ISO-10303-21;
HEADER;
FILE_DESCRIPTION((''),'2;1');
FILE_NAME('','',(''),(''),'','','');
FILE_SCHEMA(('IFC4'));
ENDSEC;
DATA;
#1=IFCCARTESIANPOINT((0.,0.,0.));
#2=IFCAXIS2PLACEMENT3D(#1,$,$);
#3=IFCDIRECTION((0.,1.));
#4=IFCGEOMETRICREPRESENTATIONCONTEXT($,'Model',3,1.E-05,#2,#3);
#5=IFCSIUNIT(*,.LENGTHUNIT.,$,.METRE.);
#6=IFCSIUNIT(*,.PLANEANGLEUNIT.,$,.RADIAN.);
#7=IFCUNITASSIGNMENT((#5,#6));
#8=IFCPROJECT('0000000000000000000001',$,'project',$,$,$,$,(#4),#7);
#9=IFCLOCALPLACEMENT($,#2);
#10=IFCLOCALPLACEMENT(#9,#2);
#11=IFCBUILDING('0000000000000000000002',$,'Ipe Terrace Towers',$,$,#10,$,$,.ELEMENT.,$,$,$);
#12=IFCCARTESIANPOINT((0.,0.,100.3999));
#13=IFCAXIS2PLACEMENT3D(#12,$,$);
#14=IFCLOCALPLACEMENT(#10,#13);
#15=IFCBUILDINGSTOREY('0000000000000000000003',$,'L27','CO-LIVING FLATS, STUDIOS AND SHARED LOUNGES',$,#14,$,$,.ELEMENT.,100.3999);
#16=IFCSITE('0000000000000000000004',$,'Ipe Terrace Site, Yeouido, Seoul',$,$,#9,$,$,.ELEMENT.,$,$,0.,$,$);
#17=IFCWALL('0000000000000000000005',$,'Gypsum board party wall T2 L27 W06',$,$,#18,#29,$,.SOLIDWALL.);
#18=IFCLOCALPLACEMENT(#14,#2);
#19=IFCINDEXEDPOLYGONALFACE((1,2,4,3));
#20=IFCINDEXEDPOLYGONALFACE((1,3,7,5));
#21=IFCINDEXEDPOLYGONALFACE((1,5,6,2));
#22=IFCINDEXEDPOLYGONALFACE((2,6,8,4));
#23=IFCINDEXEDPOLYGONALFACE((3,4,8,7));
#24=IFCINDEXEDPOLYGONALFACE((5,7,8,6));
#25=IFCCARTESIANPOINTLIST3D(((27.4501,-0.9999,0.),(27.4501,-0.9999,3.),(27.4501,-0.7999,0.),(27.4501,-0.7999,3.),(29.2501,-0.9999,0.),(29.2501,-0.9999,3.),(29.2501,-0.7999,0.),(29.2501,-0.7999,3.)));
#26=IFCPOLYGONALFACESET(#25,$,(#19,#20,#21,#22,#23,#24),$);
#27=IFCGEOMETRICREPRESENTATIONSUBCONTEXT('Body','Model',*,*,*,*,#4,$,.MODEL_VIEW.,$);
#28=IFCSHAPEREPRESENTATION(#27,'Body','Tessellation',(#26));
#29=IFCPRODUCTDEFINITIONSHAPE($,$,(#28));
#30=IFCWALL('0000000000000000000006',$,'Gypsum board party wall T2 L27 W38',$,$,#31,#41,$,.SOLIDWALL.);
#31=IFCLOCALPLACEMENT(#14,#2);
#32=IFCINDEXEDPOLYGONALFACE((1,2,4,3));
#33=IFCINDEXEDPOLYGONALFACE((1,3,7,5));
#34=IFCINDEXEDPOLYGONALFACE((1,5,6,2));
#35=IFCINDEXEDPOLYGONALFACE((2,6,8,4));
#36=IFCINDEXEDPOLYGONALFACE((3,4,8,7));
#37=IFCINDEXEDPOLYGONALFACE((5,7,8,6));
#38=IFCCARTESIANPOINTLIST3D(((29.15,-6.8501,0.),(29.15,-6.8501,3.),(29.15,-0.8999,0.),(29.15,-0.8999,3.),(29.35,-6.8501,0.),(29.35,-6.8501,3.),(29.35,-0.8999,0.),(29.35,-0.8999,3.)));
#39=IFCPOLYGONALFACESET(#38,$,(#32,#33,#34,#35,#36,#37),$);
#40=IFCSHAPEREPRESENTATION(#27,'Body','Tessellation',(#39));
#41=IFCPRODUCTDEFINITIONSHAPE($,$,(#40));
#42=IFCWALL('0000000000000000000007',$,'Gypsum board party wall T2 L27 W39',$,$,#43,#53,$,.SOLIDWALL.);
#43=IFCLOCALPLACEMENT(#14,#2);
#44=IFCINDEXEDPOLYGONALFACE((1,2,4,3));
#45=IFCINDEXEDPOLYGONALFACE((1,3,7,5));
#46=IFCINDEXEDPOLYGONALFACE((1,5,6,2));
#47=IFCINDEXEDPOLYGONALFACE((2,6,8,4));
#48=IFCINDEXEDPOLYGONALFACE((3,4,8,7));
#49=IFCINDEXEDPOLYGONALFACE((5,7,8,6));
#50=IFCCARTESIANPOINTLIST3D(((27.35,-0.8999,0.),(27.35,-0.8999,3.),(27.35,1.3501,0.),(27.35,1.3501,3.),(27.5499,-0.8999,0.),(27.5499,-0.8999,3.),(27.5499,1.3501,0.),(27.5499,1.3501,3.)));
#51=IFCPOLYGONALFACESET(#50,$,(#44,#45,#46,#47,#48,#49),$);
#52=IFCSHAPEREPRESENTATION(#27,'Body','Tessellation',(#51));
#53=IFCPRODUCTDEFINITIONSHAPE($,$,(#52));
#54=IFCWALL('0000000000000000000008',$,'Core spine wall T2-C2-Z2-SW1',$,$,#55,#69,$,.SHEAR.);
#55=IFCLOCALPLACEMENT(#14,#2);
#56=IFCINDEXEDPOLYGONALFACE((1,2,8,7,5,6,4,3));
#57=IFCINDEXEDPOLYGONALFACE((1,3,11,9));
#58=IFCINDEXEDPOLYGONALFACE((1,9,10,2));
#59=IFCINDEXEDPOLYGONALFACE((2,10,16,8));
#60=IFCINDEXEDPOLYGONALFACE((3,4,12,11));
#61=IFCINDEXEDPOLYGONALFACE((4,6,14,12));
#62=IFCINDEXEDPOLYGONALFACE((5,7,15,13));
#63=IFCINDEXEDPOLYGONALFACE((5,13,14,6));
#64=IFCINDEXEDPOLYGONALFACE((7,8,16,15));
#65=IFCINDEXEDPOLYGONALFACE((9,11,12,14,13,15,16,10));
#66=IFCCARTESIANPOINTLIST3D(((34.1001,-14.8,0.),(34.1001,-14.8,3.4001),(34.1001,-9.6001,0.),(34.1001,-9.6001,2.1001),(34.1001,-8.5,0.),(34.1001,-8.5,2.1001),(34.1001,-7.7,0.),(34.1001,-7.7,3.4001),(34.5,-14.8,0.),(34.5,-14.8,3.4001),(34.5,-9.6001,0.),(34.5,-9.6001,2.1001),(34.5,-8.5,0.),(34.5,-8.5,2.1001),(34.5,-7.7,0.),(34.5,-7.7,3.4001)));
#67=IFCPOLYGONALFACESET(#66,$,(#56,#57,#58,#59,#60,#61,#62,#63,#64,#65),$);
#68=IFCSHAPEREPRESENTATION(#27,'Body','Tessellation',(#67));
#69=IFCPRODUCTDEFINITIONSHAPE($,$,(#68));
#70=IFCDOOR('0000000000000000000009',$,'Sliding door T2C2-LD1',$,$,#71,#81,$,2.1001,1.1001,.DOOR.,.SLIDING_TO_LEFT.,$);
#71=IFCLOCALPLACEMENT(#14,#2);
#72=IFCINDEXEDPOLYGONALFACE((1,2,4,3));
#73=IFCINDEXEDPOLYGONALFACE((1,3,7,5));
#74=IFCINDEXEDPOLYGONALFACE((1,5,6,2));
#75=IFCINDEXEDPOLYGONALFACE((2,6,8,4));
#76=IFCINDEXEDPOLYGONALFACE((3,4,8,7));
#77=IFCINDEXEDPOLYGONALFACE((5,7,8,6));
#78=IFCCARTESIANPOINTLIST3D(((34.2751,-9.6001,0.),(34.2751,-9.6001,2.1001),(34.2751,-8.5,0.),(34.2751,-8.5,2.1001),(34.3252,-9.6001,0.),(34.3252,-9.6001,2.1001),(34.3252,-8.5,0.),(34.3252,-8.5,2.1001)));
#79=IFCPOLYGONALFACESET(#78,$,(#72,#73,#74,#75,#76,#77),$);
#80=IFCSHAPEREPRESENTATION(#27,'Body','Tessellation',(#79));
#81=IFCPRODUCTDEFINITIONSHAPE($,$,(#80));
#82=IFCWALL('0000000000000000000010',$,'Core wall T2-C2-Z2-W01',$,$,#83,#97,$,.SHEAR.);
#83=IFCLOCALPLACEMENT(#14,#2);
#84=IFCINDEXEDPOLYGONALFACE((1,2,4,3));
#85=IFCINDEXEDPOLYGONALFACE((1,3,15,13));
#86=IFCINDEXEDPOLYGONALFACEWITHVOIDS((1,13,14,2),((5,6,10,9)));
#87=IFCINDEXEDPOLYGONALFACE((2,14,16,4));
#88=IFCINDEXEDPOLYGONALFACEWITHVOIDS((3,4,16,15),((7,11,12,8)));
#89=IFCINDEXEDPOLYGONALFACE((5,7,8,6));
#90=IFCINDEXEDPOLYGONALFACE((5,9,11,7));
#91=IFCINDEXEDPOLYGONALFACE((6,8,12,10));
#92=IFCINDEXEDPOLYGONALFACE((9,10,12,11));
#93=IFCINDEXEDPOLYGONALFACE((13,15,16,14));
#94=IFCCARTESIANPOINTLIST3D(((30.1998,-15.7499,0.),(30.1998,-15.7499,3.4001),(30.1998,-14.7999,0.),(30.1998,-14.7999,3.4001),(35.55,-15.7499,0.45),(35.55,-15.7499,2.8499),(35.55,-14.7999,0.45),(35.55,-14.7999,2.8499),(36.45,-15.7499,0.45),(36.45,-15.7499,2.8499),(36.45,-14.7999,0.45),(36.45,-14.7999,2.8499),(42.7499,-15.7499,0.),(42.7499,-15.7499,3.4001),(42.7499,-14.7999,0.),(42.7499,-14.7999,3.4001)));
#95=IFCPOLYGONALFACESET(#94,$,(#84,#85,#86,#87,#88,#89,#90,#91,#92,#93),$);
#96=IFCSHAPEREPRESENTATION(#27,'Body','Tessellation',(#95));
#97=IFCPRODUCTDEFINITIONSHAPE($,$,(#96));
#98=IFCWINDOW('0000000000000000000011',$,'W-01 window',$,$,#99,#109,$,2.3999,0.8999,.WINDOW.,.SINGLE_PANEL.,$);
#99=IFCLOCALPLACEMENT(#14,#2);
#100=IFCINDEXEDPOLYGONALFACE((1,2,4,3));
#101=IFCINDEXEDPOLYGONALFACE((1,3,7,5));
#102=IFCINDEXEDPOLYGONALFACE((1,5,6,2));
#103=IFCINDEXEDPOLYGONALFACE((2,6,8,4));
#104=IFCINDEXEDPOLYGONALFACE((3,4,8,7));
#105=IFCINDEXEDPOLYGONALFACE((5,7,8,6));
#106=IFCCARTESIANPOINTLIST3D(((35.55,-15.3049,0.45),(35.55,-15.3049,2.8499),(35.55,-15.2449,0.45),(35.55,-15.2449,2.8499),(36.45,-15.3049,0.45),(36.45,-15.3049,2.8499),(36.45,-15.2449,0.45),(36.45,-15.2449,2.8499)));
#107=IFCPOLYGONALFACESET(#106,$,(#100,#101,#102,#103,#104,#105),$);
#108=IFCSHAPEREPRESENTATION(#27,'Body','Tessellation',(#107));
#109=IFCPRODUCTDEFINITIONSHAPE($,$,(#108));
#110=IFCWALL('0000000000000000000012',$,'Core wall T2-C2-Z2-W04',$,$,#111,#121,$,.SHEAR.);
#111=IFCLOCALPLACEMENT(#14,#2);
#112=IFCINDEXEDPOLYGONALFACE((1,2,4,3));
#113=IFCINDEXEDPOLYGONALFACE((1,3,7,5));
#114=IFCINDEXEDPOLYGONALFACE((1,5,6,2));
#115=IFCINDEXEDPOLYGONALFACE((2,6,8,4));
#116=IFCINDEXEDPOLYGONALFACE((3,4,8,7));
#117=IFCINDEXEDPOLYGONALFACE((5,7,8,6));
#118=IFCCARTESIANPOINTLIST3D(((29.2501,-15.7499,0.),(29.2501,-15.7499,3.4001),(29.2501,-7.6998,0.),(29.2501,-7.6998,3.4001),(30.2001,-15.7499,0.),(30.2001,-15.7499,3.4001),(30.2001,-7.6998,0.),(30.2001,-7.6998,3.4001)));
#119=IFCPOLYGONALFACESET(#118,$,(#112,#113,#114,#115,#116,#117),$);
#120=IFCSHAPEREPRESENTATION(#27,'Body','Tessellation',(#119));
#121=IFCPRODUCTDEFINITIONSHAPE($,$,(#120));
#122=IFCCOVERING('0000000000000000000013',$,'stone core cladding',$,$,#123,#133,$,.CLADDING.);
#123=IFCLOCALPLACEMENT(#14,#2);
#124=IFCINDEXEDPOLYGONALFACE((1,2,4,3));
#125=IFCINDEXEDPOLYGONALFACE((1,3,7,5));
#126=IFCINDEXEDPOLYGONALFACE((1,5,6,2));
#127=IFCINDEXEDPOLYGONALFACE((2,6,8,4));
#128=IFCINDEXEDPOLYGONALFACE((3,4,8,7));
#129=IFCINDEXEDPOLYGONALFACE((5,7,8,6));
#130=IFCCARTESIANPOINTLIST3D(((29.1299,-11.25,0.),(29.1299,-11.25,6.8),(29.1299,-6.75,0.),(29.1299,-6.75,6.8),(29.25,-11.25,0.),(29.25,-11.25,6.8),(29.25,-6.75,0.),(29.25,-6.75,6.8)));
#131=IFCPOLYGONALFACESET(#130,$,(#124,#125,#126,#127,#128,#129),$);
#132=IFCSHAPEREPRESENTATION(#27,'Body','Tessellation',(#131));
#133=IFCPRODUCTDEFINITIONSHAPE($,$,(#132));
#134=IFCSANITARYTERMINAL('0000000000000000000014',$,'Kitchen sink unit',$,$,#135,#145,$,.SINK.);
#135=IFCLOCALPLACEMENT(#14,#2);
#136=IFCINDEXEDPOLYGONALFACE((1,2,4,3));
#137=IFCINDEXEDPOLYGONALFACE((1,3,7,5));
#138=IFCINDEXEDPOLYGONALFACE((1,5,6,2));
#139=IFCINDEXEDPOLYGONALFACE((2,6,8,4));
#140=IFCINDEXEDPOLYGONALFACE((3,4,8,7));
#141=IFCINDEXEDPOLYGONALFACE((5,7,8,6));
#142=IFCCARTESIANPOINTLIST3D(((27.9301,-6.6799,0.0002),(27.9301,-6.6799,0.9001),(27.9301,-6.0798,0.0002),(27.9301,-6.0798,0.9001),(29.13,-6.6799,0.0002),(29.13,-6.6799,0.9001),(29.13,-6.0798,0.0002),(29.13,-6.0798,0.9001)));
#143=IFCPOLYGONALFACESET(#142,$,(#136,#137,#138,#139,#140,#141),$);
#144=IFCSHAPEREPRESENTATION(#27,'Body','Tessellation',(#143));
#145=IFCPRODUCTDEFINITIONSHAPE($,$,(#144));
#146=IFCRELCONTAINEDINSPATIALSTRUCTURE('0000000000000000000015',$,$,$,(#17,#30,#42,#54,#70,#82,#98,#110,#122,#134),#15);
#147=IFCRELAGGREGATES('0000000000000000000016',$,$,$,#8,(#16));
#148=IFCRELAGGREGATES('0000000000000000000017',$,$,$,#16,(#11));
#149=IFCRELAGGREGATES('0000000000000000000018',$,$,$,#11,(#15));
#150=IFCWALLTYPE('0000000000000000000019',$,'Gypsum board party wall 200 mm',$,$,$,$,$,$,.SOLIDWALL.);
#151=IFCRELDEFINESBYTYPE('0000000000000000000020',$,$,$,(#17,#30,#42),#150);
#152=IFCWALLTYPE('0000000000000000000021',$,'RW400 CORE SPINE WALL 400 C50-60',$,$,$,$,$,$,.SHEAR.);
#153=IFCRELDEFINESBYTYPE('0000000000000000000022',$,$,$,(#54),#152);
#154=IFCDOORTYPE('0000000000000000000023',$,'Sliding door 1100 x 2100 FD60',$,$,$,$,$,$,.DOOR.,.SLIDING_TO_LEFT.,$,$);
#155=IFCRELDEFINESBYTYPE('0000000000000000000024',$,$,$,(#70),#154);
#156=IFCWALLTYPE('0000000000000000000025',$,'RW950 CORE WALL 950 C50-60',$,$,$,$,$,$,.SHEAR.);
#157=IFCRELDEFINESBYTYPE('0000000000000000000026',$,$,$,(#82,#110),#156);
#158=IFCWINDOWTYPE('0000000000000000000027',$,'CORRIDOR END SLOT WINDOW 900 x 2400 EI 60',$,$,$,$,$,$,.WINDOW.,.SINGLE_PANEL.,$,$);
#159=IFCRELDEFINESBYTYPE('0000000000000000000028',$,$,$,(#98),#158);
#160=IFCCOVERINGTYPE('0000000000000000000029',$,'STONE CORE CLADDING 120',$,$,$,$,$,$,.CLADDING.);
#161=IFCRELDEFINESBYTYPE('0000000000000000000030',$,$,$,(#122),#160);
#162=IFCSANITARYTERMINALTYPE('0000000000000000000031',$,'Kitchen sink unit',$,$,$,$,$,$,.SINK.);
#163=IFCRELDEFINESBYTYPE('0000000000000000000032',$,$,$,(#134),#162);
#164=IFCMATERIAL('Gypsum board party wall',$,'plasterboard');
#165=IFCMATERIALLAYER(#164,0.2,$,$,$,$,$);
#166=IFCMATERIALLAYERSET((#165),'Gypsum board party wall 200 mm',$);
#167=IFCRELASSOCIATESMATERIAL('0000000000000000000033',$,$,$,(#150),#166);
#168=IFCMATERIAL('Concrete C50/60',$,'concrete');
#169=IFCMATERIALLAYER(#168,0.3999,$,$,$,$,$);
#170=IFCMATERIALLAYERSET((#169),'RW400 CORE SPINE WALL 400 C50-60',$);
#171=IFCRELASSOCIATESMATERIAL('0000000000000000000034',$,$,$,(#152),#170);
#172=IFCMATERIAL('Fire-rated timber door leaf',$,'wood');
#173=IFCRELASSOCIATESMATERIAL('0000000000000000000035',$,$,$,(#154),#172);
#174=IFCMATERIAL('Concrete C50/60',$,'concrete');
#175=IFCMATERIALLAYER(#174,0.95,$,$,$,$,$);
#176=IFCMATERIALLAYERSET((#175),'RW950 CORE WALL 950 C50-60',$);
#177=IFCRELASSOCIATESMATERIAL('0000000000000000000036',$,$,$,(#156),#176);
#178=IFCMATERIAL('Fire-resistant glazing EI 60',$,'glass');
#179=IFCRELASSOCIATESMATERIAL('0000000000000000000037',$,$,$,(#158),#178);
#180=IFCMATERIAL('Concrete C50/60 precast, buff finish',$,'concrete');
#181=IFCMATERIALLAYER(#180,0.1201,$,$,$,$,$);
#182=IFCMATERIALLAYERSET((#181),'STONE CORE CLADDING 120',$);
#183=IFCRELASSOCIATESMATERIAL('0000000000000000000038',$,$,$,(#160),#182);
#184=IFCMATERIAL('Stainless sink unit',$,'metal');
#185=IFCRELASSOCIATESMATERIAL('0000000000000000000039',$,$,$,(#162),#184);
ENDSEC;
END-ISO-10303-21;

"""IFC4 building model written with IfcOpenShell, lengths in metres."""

from ifc_helpers import new_model, si_unit, direction, frame, frame_2d, origin, origin_2d, place, context, subcontext, project, spatial, rectangle, extrude, material, layer, layer_set, type_object, element, fill, save


model = new_model("IFC4")

# Units and contexts
model_context = context("Model", 3, precision=1e-05, world=origin(), true_north=direction((0.0, 1.0)))
body_context = subcontext(model_context, "Body", "Model", "MODEL_VIEW")
ifc_project = project(units=[si_unit("LENGTHUNIT", "METRE"), si_unit("PLANEANGLEUNIT", "RADIAN")], contexts=[model_context])

# Site, building, storey
site_placement = place(None, origin())
site = spatial("IfcSite", under=ifc_project, at=site_placement, Name="Ipe Terrace Site, Yeouido, Seoul", CompositionType="ELEMENT", RefElevation=0.0)
building_placement = place(site_placement, origin())
building = spatial("IfcBuilding", under=site, at=building_placement, Name="Ipe Terrace Towers", CompositionType="ELEMENT")
storey_placement = place(building_placement, frame((0.0, 0.0, 100.3999)))
storey = spatial("IfcBuildingStorey", under=building, at=storey_placement, Name="L27", Description="CO-LIVING FLATS, STUDIOS AND SHARED LOUNGES", CompositionType="ELEMENT", Elevation=100.3999)

# Walls
ifc_material_1 = material(Name="Gypsum board party wall", Category="plasterboard")
ifc_layer_1 = layer(ifc_material_1, 0.2)
ifc_layer_set_1 = layer_set([ifc_layer_1], Name="Gypsum board party wall 200 mm")
wall_type_1 = type_object("IfcWallType", Name="Gypsum board party wall 200 mm", PredefinedType="SOLIDWALL", material=ifc_layer_set_1)
wall_1_placement = place(storey_placement, frame((29.25, -0.8999, 0.0), z_axis=(0.0, 0.0, 1.0), x_axis=(-1.0, 0.0, 0.0)))
element("IfcWall", 1, at=wall_1_placement, inside=storey, type_object=wall_type_1, Name="Gypsum board party wall T2 L27 W06", PredefinedType="SOLIDWALL", context=body_context, shape_type="SweptSolid", body=[
    extrude(rectangle(XDim=1.8, YDim=0.2, at=frame_2d((0.8999, 0.0))), origin(), (0.0, 0.0, 1.0), 3.0),
])
wall_2_placement = place(storey_placement, frame((29.25, -6.8501, 0.0), z_axis=(0.0, 0.0, 1.0), x_axis=(0.0, 1.0, 0.0)))
element("IfcWall", 2, at=wall_2_placement, inside=storey, type_object=wall_type_1, Name="Gypsum board party wall T2 L27 W38", PredefinedType="SOLIDWALL", context=body_context, shape_type="SweptSolid", body=[
    extrude(rectangle(XDim=5.9502, YDim=0.2, at=frame_2d((2.9751, 0.0))), origin(), (0.0, 0.0, 1.0), 3.0),
])
wall_3_placement = place(storey_placement, frame((27.45, -0.8999, 0.0), z_axis=(0.0, 0.0, 1.0), x_axis=(0.0, 1.0, 0.0)))
element("IfcWall", 3, at=wall_3_placement, inside=storey, type_object=wall_type_1, Name="Gypsum board party wall T2 L27 W39", PredefinedType="SOLIDWALL", context=body_context, shape_type="SweptSolid", body=[
    extrude(rectangle(XDim=2.25, YDim=0.2, at=frame_2d((1.125, 0.0))), origin(), (0.0, 0.0, 1.0), 3.0),
])

# Wall, opening, door
ifc_material_2 = material(Name="Concrete C50/60", Category="concrete")
ifc_layer_2 = layer(ifc_material_2, 0.3999)
ifc_layer_set_2 = layer_set([ifc_layer_2], Name="RW400 CORE SPINE WALL 400 C50-60")
wall_type_2 = type_object("IfcWallType", Name="RW400 CORE SPINE WALL 400 C50-60", PredefinedType="SHEAR", material=ifc_layer_set_2)
wall_4_placement = place(storey_placement, frame((34.3, -14.8, 0.0), z_axis=(0.0, 0.0, 1.0), x_axis=(0.0, 1.0, 0.0)))
wall_4 = element("IfcWall", 4, at=wall_4_placement, inside=storey, type_object=wall_type_2, Name="Core spine wall T2-C2-Z2-SW1", PredefinedType="SHEAR", context=body_context, shape_type="SweptSolid", body=[
    extrude(rectangle(XDim=7.1001, YDim=0.3999, at=frame_2d((3.55, 0.0))), origin(), (0.0, 0.0, 1.0), 3.4001),
])
opening_1_placement = place(wall_4_placement, frame((5.2, 0.0, 0.0)))
opening_1 = element("IfcOpeningElement", 5, at=opening_1_placement, cuts=wall_4, PredefinedType="OPENING", context=body_context, shape_type="SweptSolid", body=[
    extrude(rectangle(XDim=1.1001, YDim=2.1001, at=frame_2d((0.55, 1.05))), frame((0.0, 0.21, 0.0), z_axis=(0.0, -1.0, 0.0), x_axis=(1.0, 0.0, 0.0)), (0.0, 0.0, 1.0), 0.4199),
])
ifc_material_3 = material(Name="Fire-rated timber door leaf", Category="wood")
door_type_1 = type_object("IfcDoorType", Name="Sliding door 1100 x 2100 FD60", OperationType="SLIDING_TO_LEFT", PredefinedType="DOOR", material=ifc_material_3)
door_1_placement = place(opening_1_placement, origin())
door_1 = element("IfcDoor", 6, at=door_1_placement, inside=storey, type_object=door_type_1, Name="Sliding door T2C2-LD1", OperationType="SLIDING_TO_LEFT", OverallHeight=2.1001, OverallWidth=1.1001, PredefinedType="DOOR", context=body_context, shape_type="SweptSolid", body=[
    extrude(rectangle(XDim=1.1001, YDim=2.1001, at=frame_2d((0.55, 1.05))), frame((0.0, 0.0249, 0.0), z_axis=(0.0, -1.0, 0.0), x_axis=(1.0, 0.0, 0.0)), (0.0, 0.0, 1.0), 0.05),
])
fill(opening_1, door_1)

# Wall, opening, window
ifc_material_4 = material(Name="Concrete C50/60", Category="concrete")
ifc_layer_3 = layer(ifc_material_4, 0.95)
ifc_layer_set_3 = layer_set([ifc_layer_3], Name="RW950 CORE WALL 950 C50-60")
wall_type_3 = type_object("IfcWallType", Name="RW950 CORE WALL 950 C50-60", PredefinedType="SHEAR", material=ifc_layer_set_3)
wall_5_placement = place(storey_placement, frame((30.2, -15.2749, 0.0), z_axis=(0.0, 0.0, 1.0), x_axis=(1.0, 0.0, 0.0)))
wall_5 = element("IfcWall", 7, at=wall_5_placement, inside=storey, type_object=wall_type_3, Name="Core wall T2-C2-Z2-W01", PredefinedType="SHEAR", context=body_context, shape_type="SweptSolid", body=[
    extrude(rectangle(XDim=12.55, YDim=0.95, at=frame_2d((6.2749, 0.0))), origin(), (0.0, 0.0, 1.0), 3.4001),
])
opening_2_placement = place(wall_5_placement, frame((5.3501, 0.0, 0.45)))
opening_2 = element("IfcOpeningElement", 8, at=opening_2_placement, cuts=wall_5, PredefinedType="OPENING", context=body_context, shape_type="SweptSolid", body=[
    extrude(rectangle(XDim=0.8999, YDim=2.3999, at=frame_2d((0.45, 1.2))), frame((0.0, 0.4849, 0.0), z_axis=(0.0, -1.0, 0.0), x_axis=(1.0, 0.0, 0.0)), (0.0, 0.0, 1.0), 0.97),
])
ifc_material_5 = material(Name="Fire-resistant glazing EI 60", Category="glass")
window_type = type_object("IfcWindowType", Name="CORRIDOR END SLOT WINDOW 900 x 2400 EI 60", PartitioningType="SINGLE_PANEL", PredefinedType="WINDOW", material=ifc_material_5)
window_placement = place(opening_2_placement, origin())
window = element("IfcWindow", 9, at=window_placement, inside=storey, type_object=window_type, Name="W-01 window", OverallHeight=2.3999, OverallWidth=0.8999, PartitioningType="SINGLE_PANEL", PredefinedType="WINDOW", context=body_context, shape_type="SweptSolid", body=[
    extrude(rectangle(XDim=0.8999, YDim=2.3999, at=frame_2d((0.45, 1.2))), frame((0.0, 0.03, 0.0), z_axis=(0.0, -1.0, 0.0), x_axis=(1.0, 0.0, 0.0)), (0.0, 0.0, 1.0), 0.0601),
])
fill(opening_2, window)

# Wall
wall_6_placement = place(storey_placement, frame((29.7251, -7.7, 0.0), z_axis=(0.0, 0.0, 1.0), x_axis=(0.0, -1.0, 0.0)))
element("IfcWall", 10, at=wall_6_placement, inside=storey, type_object=wall_type_3, Name="Core wall T2-C2-Z2-W04", PredefinedType="SHEAR", context=body_context, shape_type="SweptSolid", body=[
    extrude(rectangle(XDim=8.05, YDim=0.95, at=frame_2d((4.0249, 0.0))), origin(), (0.0, 0.0, 1.0), 3.4001),
])

# Covering
ifc_material_6 = material(Name="Concrete C50/60 precast, buff finish", Category="concrete")
ifc_layer_4 = layer(ifc_material_6, 0.1201)
ifc_layer_set_4 = layer_set([ifc_layer_4], Name="STONE CORE CLADDING 120")
covering_type = type_object("IfcCoveringType", Name="STONE CORE CLADDING 120", PredefinedType="CLADDING", material=ifc_layer_set_4)
covering_placement = place(storey_placement, frame((29.1899, -9.0, 0.0), z_axis=(0.0, 0.0, 1.0), x_axis=(0.0, -1.0, 0.0)))
element("IfcCovering", 11, at=covering_placement, inside=storey, type_object=covering_type, Name="stone core cladding", PredefinedType="CLADDING", context=body_context, shape_type="SweptSolid", body=[
    extrude(rectangle(XDim=4.5, YDim=0.1201, at=origin_2d()), origin(), (0.0, 0.0, 1.0), 6.8),
])

# Sanitary terminal
ifc_material_7 = material(Name="Stainless sink unit", Category="metal")
sanitary_terminal_type = type_object("IfcSanitaryTerminalType", Name="Kitchen sink unit", PredefinedType="SINK", material=ifc_material_7)
sanitary_terminal_placement = place(storey_placement, frame((28.53, -6.3799, 0.0002), z_axis=(0.0, 0.0, 1.0), x_axis=(-1.0, 0.0, 0.0)))
element("IfcSanitaryTerminal", 12, at=sanitary_terminal_placement, inside=storey, type_object=sanitary_terminal_type, Name="Kitchen sink unit", PredefinedType="SINK", context=body_context, shape_type="SweptSolid", body=[
    extrude(rectangle(XDim=1.2, YDim=0.6001, at=origin_2d()), origin(), (0.0, 0.0, 1.0), 0.8999),
])

save(model, "model.ifc")
